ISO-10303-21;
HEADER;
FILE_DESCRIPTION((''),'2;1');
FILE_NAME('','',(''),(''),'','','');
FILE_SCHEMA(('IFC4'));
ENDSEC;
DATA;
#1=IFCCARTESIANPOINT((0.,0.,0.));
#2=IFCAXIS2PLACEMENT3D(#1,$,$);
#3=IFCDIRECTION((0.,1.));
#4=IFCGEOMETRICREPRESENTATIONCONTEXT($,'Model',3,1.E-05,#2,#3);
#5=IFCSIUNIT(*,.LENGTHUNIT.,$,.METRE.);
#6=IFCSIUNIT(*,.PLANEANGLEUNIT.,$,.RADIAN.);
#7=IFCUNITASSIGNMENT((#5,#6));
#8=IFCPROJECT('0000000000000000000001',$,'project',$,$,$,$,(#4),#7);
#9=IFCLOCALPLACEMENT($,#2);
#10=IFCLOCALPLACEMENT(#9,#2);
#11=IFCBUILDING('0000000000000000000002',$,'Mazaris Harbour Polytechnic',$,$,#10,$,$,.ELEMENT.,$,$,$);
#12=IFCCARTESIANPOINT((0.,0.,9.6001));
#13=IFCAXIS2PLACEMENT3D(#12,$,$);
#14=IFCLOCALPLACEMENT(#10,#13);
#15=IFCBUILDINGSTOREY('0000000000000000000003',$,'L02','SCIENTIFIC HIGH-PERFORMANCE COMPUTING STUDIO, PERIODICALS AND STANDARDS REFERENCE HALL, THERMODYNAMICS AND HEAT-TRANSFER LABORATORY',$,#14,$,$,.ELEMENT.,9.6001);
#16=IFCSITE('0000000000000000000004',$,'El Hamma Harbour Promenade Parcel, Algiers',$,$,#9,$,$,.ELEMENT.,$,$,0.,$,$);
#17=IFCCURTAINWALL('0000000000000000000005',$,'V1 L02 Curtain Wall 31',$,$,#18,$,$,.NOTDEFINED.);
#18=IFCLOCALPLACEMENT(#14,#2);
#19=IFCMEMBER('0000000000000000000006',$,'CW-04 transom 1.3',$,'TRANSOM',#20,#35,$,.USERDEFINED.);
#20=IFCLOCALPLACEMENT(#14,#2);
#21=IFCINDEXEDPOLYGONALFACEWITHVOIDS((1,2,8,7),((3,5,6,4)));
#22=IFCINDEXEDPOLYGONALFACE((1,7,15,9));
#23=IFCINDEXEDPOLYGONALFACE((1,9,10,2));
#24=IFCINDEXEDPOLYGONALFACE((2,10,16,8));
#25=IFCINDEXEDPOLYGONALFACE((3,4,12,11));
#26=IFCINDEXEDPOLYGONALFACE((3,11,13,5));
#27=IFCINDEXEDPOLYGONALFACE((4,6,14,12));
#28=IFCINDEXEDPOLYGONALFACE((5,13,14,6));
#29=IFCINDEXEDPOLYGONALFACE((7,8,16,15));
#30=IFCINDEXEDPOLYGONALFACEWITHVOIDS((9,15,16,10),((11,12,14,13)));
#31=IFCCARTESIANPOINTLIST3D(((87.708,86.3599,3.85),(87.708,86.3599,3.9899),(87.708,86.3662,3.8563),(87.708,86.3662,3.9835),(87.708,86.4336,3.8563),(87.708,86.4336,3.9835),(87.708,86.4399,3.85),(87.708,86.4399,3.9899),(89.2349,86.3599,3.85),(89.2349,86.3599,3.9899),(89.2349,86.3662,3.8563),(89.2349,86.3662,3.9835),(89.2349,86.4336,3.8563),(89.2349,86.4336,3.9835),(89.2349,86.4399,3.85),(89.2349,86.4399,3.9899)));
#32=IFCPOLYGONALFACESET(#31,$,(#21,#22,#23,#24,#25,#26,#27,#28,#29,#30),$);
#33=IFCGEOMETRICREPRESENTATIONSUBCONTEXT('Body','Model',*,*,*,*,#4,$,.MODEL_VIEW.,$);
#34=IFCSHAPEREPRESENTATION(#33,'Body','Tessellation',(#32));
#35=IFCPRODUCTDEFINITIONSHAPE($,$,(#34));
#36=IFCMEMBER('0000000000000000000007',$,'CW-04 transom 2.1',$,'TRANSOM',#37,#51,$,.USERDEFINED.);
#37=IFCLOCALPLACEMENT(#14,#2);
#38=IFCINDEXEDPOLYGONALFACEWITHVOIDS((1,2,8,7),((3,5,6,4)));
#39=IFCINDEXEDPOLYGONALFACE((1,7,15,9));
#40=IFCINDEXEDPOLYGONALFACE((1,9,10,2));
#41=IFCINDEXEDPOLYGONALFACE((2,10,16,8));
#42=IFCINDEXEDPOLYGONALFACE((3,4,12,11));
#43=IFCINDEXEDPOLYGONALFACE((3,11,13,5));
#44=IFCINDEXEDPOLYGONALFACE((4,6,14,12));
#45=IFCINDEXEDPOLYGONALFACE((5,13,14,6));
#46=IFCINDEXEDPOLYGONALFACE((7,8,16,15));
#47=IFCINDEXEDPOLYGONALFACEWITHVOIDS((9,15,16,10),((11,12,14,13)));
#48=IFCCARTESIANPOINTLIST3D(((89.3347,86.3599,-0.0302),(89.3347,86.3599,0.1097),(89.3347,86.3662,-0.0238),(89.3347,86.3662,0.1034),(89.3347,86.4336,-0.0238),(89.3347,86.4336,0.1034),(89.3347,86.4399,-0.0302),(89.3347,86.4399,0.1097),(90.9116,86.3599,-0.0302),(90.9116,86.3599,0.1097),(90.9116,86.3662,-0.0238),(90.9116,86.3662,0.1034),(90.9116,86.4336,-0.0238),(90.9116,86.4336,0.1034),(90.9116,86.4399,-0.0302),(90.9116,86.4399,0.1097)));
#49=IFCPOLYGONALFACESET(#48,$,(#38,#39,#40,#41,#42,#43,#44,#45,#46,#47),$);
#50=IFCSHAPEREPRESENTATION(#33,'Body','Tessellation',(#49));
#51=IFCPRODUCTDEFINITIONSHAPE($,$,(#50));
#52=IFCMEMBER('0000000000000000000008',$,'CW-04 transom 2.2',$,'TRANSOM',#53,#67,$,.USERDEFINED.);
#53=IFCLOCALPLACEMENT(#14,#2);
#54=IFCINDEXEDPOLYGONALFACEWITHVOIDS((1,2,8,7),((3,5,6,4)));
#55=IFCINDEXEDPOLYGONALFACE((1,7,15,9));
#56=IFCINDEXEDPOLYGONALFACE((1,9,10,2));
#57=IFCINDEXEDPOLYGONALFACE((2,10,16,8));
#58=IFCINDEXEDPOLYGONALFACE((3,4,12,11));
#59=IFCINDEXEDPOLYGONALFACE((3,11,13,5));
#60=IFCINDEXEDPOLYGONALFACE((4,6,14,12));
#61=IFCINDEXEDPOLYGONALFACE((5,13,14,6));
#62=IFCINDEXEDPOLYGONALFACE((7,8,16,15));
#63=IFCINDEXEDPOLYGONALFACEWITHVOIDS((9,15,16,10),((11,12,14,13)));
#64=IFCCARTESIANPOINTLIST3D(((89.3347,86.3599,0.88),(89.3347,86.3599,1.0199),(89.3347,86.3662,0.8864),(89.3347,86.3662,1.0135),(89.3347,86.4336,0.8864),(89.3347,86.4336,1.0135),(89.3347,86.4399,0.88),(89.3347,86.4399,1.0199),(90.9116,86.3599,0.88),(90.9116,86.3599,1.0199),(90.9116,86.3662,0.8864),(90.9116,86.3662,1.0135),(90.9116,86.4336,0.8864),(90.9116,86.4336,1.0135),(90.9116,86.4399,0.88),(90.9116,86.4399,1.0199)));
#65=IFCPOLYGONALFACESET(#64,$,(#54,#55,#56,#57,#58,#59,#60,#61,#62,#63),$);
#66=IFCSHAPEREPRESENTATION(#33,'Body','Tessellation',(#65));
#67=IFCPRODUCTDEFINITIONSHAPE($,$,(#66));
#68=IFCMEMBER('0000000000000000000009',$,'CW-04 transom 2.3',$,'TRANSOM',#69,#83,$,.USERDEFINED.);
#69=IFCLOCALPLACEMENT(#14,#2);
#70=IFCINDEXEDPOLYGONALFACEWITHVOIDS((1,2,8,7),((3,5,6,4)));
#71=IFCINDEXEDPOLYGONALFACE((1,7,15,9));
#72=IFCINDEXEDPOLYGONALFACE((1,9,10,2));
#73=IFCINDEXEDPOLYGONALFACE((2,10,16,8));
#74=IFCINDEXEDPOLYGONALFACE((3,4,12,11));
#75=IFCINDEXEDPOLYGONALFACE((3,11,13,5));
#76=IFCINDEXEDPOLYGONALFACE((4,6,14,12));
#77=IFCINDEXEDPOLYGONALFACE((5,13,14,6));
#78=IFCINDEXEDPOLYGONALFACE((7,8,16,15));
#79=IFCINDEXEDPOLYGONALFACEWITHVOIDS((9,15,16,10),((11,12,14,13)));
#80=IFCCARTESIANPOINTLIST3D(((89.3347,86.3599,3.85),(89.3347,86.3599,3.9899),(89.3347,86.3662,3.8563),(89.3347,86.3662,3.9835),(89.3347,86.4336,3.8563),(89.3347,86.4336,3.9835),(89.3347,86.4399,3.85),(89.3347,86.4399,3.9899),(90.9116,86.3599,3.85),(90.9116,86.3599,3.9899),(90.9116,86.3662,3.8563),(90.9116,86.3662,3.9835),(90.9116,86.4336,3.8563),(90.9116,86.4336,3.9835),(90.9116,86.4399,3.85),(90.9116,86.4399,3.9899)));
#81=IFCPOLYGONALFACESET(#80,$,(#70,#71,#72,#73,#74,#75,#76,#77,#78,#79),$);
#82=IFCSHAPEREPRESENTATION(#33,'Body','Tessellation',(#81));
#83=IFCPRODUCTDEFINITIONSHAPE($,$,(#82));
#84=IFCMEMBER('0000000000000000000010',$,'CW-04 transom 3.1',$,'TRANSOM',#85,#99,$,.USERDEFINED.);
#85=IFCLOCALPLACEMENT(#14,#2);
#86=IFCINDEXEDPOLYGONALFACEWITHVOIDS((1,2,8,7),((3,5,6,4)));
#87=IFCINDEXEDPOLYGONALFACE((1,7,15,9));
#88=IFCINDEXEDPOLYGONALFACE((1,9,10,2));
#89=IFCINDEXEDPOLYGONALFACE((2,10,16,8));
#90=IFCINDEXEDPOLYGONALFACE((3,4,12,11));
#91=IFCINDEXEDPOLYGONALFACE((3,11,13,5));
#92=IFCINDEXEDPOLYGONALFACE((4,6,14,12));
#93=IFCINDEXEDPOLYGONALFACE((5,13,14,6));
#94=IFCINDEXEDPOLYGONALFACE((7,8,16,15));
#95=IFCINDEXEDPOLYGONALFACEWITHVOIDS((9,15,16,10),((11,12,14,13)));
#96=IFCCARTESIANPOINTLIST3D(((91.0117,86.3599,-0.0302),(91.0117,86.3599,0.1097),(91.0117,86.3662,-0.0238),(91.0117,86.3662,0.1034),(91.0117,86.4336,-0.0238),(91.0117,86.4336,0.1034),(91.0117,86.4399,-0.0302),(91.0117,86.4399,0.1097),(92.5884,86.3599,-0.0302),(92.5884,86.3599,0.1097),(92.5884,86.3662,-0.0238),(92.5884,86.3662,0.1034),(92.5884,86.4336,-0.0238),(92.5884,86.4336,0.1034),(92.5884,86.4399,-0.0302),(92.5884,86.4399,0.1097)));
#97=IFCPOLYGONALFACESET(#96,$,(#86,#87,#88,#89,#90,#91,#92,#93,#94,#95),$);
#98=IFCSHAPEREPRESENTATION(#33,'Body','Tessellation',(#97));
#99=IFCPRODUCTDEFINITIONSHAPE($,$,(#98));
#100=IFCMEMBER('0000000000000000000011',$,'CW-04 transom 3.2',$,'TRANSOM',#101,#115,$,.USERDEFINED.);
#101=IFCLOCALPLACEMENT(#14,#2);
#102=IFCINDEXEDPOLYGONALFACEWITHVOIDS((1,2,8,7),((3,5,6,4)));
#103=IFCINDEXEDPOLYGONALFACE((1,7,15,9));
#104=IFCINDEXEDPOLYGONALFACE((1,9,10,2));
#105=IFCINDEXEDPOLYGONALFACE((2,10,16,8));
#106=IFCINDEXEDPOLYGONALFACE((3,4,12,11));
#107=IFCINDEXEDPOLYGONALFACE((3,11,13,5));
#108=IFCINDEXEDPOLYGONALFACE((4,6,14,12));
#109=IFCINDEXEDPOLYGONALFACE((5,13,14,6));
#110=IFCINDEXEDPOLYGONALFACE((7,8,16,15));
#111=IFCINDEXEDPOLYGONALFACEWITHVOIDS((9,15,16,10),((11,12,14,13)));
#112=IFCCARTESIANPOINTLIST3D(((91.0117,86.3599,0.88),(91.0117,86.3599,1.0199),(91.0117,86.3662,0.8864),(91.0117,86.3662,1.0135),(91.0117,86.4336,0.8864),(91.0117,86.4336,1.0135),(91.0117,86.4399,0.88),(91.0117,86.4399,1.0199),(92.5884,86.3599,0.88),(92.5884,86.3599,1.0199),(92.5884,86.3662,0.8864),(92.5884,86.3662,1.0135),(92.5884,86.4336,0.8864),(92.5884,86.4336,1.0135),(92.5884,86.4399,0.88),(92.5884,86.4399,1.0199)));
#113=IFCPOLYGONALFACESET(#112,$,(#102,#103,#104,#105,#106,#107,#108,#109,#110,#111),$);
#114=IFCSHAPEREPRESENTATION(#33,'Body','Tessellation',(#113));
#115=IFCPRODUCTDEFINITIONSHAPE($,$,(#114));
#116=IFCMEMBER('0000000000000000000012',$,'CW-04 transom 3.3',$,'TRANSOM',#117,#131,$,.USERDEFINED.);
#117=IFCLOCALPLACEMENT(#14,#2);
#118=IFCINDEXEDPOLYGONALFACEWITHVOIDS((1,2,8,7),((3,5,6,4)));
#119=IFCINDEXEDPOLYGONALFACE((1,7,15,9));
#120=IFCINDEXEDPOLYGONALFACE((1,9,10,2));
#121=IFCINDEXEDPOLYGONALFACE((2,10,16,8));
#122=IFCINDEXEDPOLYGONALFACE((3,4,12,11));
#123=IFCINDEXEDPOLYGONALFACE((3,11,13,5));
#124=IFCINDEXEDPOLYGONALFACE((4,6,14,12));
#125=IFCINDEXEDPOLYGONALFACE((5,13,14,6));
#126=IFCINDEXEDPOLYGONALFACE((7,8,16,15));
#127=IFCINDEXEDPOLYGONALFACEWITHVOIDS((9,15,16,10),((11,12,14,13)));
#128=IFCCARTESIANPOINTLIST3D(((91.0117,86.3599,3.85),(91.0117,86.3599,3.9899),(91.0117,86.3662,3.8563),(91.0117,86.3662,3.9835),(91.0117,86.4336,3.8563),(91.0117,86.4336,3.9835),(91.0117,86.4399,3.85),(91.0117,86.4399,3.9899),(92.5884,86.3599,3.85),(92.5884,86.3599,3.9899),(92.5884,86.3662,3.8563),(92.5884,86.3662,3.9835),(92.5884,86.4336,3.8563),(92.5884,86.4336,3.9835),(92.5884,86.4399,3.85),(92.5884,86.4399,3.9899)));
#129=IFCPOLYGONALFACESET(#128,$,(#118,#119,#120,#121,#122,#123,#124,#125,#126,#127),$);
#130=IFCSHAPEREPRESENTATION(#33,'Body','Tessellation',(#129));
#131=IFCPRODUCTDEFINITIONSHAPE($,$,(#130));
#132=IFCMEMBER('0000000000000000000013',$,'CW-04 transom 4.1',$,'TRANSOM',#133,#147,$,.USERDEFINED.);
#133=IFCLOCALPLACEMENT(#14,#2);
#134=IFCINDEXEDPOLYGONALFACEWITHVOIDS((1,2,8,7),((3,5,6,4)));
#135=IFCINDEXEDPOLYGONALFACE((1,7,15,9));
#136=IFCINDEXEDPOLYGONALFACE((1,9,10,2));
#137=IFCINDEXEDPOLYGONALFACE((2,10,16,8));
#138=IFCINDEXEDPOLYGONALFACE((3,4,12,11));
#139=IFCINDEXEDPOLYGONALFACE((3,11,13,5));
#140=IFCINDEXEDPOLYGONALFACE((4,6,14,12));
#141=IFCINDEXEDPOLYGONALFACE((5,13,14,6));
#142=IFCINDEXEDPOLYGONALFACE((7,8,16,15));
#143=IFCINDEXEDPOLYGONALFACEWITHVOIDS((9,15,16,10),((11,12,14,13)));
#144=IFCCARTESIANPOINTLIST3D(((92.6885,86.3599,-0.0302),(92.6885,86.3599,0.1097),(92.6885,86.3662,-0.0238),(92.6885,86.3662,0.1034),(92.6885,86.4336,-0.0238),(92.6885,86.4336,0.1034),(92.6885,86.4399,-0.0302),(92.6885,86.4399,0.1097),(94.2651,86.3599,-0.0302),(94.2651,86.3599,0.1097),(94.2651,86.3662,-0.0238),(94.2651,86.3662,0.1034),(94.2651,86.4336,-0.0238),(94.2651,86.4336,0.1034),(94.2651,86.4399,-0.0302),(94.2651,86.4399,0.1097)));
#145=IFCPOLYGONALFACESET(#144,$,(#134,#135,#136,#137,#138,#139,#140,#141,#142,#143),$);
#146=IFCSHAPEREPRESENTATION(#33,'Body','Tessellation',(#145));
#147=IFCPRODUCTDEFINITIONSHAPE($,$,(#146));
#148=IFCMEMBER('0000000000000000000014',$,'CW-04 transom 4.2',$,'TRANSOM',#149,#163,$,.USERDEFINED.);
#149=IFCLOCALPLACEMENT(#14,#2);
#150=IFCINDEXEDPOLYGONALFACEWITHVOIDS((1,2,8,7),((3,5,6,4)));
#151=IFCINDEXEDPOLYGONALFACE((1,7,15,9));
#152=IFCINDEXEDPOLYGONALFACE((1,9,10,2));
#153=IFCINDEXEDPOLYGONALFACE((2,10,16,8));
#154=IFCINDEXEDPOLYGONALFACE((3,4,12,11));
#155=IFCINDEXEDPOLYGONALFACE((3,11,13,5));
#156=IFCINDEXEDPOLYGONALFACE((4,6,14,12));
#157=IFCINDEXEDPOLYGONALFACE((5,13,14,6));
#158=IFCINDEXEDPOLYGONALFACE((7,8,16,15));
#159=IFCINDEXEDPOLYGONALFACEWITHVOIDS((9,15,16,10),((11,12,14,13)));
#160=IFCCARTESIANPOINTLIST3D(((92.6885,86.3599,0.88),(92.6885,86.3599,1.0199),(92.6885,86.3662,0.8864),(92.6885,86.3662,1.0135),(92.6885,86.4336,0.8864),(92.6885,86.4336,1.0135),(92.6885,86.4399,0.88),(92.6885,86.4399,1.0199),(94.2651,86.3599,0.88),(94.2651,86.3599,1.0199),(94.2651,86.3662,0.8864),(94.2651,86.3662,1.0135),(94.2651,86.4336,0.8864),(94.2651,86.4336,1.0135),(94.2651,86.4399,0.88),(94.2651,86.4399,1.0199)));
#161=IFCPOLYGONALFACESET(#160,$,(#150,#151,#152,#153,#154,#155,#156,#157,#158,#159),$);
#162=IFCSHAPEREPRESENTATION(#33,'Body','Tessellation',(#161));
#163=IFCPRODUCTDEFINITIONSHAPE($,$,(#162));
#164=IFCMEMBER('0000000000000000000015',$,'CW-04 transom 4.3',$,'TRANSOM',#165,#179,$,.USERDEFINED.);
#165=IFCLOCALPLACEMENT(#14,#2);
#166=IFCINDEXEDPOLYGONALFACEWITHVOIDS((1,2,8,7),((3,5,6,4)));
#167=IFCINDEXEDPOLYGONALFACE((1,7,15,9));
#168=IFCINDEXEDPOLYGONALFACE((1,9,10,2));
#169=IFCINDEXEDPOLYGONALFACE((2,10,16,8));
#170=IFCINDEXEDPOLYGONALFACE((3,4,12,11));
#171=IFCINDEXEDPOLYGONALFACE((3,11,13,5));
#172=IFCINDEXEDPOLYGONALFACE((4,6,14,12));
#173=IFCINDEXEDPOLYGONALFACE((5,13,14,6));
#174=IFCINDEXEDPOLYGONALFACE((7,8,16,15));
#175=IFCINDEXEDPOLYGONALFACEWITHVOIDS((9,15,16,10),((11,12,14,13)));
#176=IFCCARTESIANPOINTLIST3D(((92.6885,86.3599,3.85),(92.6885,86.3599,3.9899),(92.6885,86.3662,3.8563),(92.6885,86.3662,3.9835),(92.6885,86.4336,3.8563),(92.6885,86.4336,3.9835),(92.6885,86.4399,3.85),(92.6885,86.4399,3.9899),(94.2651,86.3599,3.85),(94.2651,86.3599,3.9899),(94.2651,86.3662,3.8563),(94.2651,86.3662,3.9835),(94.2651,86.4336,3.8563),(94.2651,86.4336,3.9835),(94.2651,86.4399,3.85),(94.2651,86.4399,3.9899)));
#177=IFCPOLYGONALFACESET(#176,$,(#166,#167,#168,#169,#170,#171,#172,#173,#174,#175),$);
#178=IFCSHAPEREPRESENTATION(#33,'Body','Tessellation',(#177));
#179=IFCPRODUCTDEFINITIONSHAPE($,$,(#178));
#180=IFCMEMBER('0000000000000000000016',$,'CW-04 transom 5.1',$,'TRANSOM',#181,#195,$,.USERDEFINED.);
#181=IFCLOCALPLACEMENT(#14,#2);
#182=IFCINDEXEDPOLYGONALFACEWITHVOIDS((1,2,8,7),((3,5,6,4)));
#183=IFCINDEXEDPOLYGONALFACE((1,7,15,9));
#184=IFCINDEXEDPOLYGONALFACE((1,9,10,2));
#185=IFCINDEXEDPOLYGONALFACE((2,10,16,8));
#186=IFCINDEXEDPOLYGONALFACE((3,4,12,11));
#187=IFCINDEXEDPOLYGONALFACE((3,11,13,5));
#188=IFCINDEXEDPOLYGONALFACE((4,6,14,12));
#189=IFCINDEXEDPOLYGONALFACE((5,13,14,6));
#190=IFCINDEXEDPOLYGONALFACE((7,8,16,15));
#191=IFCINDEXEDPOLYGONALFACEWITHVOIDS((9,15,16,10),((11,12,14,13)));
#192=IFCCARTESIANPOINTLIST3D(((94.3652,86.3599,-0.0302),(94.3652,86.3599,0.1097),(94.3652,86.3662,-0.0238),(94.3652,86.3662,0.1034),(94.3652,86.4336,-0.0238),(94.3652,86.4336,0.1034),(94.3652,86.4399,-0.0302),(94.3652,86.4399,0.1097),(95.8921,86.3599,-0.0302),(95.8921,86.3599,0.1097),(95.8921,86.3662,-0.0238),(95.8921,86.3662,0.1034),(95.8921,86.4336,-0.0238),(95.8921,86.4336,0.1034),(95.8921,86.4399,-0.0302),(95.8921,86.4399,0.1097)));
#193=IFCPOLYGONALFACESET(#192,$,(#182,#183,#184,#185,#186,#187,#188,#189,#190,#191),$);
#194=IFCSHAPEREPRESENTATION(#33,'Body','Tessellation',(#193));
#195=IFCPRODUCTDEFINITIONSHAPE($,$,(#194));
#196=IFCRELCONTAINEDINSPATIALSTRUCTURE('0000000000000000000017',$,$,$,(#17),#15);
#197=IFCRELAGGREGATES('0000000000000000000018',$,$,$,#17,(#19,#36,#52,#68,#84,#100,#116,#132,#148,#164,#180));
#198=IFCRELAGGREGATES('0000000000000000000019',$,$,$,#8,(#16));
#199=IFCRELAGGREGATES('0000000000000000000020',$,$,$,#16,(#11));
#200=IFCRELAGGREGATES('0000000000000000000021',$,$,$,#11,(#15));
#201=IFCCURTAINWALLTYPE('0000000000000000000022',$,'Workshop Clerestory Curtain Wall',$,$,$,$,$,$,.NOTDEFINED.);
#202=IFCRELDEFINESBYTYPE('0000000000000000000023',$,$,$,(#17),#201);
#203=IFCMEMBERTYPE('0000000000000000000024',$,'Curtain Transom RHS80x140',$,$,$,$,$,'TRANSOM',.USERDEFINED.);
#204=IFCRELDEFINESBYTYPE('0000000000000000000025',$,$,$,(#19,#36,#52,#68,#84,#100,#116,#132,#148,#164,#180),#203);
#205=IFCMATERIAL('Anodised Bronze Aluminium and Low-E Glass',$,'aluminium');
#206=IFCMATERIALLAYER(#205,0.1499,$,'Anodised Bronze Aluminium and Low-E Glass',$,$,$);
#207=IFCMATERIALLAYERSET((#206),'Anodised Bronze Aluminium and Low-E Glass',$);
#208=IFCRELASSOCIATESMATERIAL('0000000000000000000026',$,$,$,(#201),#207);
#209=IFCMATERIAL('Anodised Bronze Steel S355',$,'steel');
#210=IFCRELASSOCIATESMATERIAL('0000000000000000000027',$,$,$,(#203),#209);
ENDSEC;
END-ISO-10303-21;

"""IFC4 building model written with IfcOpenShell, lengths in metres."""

from ifc_helpers import new_model, si_unit, direction, frame, origin, origin_2d, place, context, subcontext, project, spatial, hollow_rectangle, extrude, material, layer, layer_set, material_profile, profile_set, type_object, element, aggregate, save


model = new_model("IFC4")

# Units and contexts
model_context = context("Model", 3, precision=1e-05, world=origin(), true_north=direction((0.0, 1.0)))
body_context = subcontext(model_context, "Body", "Model", "MODEL_VIEW")
ifc_project = project(units=[si_unit("LENGTHUNIT", "METRE"), si_unit("PLANEANGLEUNIT", "RADIAN")], contexts=[model_context])

# Site, building, storey
site_placement = place(None, origin())
site = spatial("IfcSite", under=ifc_project, at=site_placement, Name="El Hamma Harbour Promenade Parcel, Algiers", CompositionType="ELEMENT", RefElevation=0.0)
building_placement = place(site_placement, origin())
building = spatial("IfcBuilding", under=site, at=building_placement, Name="Mazaris Harbour Polytechnic", CompositionType="ELEMENT")
storey_placement = place(building_placement, frame((0.0, 0.0, 9.6001)))
storey = spatial("IfcBuildingStorey", under=building, at=storey_placement, Name="L02", Description="SCIENTIFIC HIGH-PERFORMANCE COMPUTING STUDIO, PERIODICALS AND STANDARDS REFERENCE HALL, THERMODYNAMICS AND HEAT-TRANSFER LABORATORY", CompositionType="ELEMENT", Elevation=9.6001)

# Curtain wall, members
ifc_material_1 = material(Name="Anodised Bronze Aluminium and Low-E Glass", Category="aluminium")
ifc_layer_1 = layer(ifc_material_1, 0.1499, Name="Anodised Bronze Aluminium and Low-E Glass")
ifc_layer_set_1 = layer_set([ifc_layer_1], Name="Anodised Bronze Aluminium and Low-E Glass")
curtain_wall_type = type_object("IfcCurtainWallType", Name="Workshop Clerestory Curtain Wall", PredefinedType="NOTDEFINED", material=ifc_layer_set_1)
curtain_wall_placement = place(storey_placement, origin())
curtain_wall = element("IfcCurtainWall", 1, at=curtain_wall_placement, inside=storey, type_object=curtain_wall_type, Name="V1 L02 Curtain Wall 31", PredefinedType="NOTDEFINED")
ifc_material_2 = material(Name="Anodised Bronze Steel S355", Category="steel")
ifc_material_profile_1 = material_profile(ifc_material_2, hollow_rectangle(XDim=0.0801, YDim=0.1399, WallThickness=0.0063, at=origin_2d()), Name="RHS 80x140x6.3")
ifc_profile_set_1 = profile_set([ifc_material_profile_1], Name="Anodised Bronze Steel S355")
member_type_1 = type_object("IfcMemberType", Name="Curtain Transom RHS80x140", ElementType="TRANSOM", PredefinedType="USERDEFINED", material=ifc_profile_set_1)
member_1_placement = place(storey_placement, frame((87.708, 86.3999, 3.9199), z_axis=(1.0, 0.0, 0.0), x_axis=(0.0, 1.0, 0.0)))
member_1 = element("IfcMember", 2, at=member_1_placement, type_object=member_type_1, Name="CW-04 transom 1.3", ObjectType="TRANSOM", PredefinedType="USERDEFINED", context=body_context, shape_type="SweptSolid", body=[
    extrude(hollow_rectangle(XDim=0.0801, YDim=0.1399, WallThickness=0.0063, at=origin_2d()), origin(), (0.0, 0.0, 1.0), 1.5269),
])
member_2_placement = place(storey_placement, frame((89.3347, 86.3999, 0.0398), z_axis=(1.0, 0.0, 0.0), x_axis=(0.0, 1.0, 0.0)))
member_2 = element("IfcMember", 3, at=member_2_placement, type_object=member_type_1, Name="CW-04 transom 2.1", ObjectType="TRANSOM", PredefinedType="USERDEFINED", context=body_context, shape_type="SweptSolid", body=[
    extrude(hollow_rectangle(XDim=0.0801, YDim=0.1399, WallThickness=0.0063, at=origin_2d()), origin(), (0.0, 0.0, 1.0), 1.5769),
])
member_3_placement = place(storey_placement, frame((89.3347, 86.3999, 0.95), z_axis=(1.0, 0.0, 0.0), x_axis=(0.0, 1.0, 0.0)))
member_3 = element("IfcMember", 4, at=member_3_placement, type_object=member_type_1, Name="CW-04 transom 2.2", ObjectType="TRANSOM", PredefinedType="USERDEFINED", context=body_context, shape_type="SweptSolid", body=[
    extrude(hollow_rectangle(XDim=0.0801, YDim=0.1399, WallThickness=0.0063, at=origin_2d()), origin(), (0.0, 0.0, 1.0), 1.5769),
])
member_4_placement = place(storey_placement, frame((89.3347, 86.3999, 3.9199), z_axis=(1.0, 0.0, 0.0), x_axis=(0.0, 1.0, 0.0)))
member_4 = element("IfcMember", 5, at=member_4_placement, type_object=member_type_1, Name="CW-04 transom 2.3", ObjectType="TRANSOM", PredefinedType="USERDEFINED", context=body_context, shape_type="SweptSolid", body=[
    extrude(hollow_rectangle(XDim=0.0801, YDim=0.1399, WallThickness=0.0063, at=origin_2d()), origin(), (0.0, 0.0, 1.0), 1.5769),
])
member_5_placement = place(storey_placement, frame((91.0117, 86.3999, 0.0398), z_axis=(1.0, 0.0, 0.0), x_axis=(0.0, 1.0, 0.0)))
member_5 = element("IfcMember", 6, at=member_5_placement, type_object=member_type_1, Name="CW-04 transom 3.1", ObjectType="TRANSOM", PredefinedType="USERDEFINED", context=body_context, shape_type="SweptSolid", body=[
    extrude(hollow_rectangle(XDim=0.0801, YDim=0.1399, WallThickness=0.0063, at=origin_2d()), origin(), (0.0, 0.0, 1.0), 1.5767),
])
member_6_placement = place(storey_placement, frame((91.0117, 86.3999, 0.95), z_axis=(1.0, 0.0, 0.0), x_axis=(0.0, 1.0, 0.0)))
member_6 = element("IfcMember", 7, at=member_6_placement, type_object=member_type_1, Name="CW-04 transom 3.2", ObjectType="TRANSOM", PredefinedType="USERDEFINED", context=body_context, shape_type="SweptSolid", body=[
    extrude(hollow_rectangle(XDim=0.0801, YDim=0.1399, WallThickness=0.0063, at=origin_2d()), origin(), (0.0, 0.0, 1.0), 1.5767),
])
member_7_placement = place(storey_placement, frame((91.0117, 86.3999, 3.9199), z_axis=(1.0, 0.0, 0.0), x_axis=(0.0, 1.0, 0.0)))
member_7 = element("IfcMember", 8, at=member_7_placement, type_object=member_type_1, Name="CW-04 transom 3.3", ObjectType="TRANSOM", PredefinedType="USERDEFINED", context=body_context, shape_type="SweptSolid", body=[
    extrude(hollow_rectangle(XDim=0.0801, YDim=0.1399, WallThickness=0.0063, at=origin_2d()), origin(), (0.0, 0.0, 1.0), 1.5767),
])
member_8_placement = place(storey_placement, frame((92.6885, 86.3999, 0.0398), z_axis=(1.0, 0.0, 0.0), x_axis=(0.0, 1.0, 0.0)))
member_8 = element("IfcMember", 9, at=member_8_placement, type_object=member_type_1, Name="CW-04 transom 4.1", ObjectType="TRANSOM", PredefinedType="USERDEFINED", context=body_context, shape_type="SweptSolid", body=[
    extrude(hollow_rectangle(XDim=0.0801, YDim=0.1399, WallThickness=0.0063, at=origin_2d()), origin(), (0.0, 0.0, 1.0), 1.5767),
])
member_9_placement = place(storey_placement, frame((92.6885, 86.3999, 0.95), z_axis=(1.0, 0.0, 0.0), x_axis=(0.0, 1.0, 0.0)))
member_9 = element("IfcMember", 10, at=member_9_placement, type_object=member_type_1, Name="CW-04 transom 4.2", ObjectType="TRANSOM", PredefinedType="USERDEFINED", context=body_context, shape_type="SweptSolid", body=[
    extrude(hollow_rectangle(XDim=0.0801, YDim=0.1399, WallThickness=0.0063, at=origin_2d()), origin(), (0.0, 0.0, 1.0), 1.5767),
])
member_10_placement = place(storey_placement, frame((92.6885, 86.3999, 3.9199), z_axis=(1.0, 0.0, 0.0), x_axis=(0.0, 1.0, 0.0)))
member_10 = element("IfcMember", 11, at=member_10_placement, type_object=member_type_1, Name="CW-04 transom 4.3", ObjectType="TRANSOM", PredefinedType="USERDEFINED", context=body_context, shape_type="SweptSolid", body=[
    extrude(hollow_rectangle(XDim=0.0801, YDim=0.1399, WallThickness=0.0063, at=origin_2d()), origin(), (0.0, 0.0, 1.0), 1.5767),
])
member_11_placement = place(storey_placement, frame((94.3652, 86.3999, 0.0398), z_axis=(1.0, 0.0, 0.0), x_axis=(0.0, 1.0, 0.0)))
member_11 = element("IfcMember", 12, at=member_11_placement, type_object=member_type_1, Name="CW-04 transom 5.1", ObjectType="TRANSOM", PredefinedType="USERDEFINED", context=body_context, shape_type="SweptSolid", body=[
    extrude(hollow_rectangle(XDim=0.0801, YDim=0.1399, WallThickness=0.0063, at=origin_2d()), origin(), (0.0, 0.0, 1.0), 1.5269),
])

aggregate(curtain_wall, [member_1, member_2, member_3, member_4, member_5, member_6, member_7, member_8, member_9, member_10, member_11])

save(model, "model.ifc")
